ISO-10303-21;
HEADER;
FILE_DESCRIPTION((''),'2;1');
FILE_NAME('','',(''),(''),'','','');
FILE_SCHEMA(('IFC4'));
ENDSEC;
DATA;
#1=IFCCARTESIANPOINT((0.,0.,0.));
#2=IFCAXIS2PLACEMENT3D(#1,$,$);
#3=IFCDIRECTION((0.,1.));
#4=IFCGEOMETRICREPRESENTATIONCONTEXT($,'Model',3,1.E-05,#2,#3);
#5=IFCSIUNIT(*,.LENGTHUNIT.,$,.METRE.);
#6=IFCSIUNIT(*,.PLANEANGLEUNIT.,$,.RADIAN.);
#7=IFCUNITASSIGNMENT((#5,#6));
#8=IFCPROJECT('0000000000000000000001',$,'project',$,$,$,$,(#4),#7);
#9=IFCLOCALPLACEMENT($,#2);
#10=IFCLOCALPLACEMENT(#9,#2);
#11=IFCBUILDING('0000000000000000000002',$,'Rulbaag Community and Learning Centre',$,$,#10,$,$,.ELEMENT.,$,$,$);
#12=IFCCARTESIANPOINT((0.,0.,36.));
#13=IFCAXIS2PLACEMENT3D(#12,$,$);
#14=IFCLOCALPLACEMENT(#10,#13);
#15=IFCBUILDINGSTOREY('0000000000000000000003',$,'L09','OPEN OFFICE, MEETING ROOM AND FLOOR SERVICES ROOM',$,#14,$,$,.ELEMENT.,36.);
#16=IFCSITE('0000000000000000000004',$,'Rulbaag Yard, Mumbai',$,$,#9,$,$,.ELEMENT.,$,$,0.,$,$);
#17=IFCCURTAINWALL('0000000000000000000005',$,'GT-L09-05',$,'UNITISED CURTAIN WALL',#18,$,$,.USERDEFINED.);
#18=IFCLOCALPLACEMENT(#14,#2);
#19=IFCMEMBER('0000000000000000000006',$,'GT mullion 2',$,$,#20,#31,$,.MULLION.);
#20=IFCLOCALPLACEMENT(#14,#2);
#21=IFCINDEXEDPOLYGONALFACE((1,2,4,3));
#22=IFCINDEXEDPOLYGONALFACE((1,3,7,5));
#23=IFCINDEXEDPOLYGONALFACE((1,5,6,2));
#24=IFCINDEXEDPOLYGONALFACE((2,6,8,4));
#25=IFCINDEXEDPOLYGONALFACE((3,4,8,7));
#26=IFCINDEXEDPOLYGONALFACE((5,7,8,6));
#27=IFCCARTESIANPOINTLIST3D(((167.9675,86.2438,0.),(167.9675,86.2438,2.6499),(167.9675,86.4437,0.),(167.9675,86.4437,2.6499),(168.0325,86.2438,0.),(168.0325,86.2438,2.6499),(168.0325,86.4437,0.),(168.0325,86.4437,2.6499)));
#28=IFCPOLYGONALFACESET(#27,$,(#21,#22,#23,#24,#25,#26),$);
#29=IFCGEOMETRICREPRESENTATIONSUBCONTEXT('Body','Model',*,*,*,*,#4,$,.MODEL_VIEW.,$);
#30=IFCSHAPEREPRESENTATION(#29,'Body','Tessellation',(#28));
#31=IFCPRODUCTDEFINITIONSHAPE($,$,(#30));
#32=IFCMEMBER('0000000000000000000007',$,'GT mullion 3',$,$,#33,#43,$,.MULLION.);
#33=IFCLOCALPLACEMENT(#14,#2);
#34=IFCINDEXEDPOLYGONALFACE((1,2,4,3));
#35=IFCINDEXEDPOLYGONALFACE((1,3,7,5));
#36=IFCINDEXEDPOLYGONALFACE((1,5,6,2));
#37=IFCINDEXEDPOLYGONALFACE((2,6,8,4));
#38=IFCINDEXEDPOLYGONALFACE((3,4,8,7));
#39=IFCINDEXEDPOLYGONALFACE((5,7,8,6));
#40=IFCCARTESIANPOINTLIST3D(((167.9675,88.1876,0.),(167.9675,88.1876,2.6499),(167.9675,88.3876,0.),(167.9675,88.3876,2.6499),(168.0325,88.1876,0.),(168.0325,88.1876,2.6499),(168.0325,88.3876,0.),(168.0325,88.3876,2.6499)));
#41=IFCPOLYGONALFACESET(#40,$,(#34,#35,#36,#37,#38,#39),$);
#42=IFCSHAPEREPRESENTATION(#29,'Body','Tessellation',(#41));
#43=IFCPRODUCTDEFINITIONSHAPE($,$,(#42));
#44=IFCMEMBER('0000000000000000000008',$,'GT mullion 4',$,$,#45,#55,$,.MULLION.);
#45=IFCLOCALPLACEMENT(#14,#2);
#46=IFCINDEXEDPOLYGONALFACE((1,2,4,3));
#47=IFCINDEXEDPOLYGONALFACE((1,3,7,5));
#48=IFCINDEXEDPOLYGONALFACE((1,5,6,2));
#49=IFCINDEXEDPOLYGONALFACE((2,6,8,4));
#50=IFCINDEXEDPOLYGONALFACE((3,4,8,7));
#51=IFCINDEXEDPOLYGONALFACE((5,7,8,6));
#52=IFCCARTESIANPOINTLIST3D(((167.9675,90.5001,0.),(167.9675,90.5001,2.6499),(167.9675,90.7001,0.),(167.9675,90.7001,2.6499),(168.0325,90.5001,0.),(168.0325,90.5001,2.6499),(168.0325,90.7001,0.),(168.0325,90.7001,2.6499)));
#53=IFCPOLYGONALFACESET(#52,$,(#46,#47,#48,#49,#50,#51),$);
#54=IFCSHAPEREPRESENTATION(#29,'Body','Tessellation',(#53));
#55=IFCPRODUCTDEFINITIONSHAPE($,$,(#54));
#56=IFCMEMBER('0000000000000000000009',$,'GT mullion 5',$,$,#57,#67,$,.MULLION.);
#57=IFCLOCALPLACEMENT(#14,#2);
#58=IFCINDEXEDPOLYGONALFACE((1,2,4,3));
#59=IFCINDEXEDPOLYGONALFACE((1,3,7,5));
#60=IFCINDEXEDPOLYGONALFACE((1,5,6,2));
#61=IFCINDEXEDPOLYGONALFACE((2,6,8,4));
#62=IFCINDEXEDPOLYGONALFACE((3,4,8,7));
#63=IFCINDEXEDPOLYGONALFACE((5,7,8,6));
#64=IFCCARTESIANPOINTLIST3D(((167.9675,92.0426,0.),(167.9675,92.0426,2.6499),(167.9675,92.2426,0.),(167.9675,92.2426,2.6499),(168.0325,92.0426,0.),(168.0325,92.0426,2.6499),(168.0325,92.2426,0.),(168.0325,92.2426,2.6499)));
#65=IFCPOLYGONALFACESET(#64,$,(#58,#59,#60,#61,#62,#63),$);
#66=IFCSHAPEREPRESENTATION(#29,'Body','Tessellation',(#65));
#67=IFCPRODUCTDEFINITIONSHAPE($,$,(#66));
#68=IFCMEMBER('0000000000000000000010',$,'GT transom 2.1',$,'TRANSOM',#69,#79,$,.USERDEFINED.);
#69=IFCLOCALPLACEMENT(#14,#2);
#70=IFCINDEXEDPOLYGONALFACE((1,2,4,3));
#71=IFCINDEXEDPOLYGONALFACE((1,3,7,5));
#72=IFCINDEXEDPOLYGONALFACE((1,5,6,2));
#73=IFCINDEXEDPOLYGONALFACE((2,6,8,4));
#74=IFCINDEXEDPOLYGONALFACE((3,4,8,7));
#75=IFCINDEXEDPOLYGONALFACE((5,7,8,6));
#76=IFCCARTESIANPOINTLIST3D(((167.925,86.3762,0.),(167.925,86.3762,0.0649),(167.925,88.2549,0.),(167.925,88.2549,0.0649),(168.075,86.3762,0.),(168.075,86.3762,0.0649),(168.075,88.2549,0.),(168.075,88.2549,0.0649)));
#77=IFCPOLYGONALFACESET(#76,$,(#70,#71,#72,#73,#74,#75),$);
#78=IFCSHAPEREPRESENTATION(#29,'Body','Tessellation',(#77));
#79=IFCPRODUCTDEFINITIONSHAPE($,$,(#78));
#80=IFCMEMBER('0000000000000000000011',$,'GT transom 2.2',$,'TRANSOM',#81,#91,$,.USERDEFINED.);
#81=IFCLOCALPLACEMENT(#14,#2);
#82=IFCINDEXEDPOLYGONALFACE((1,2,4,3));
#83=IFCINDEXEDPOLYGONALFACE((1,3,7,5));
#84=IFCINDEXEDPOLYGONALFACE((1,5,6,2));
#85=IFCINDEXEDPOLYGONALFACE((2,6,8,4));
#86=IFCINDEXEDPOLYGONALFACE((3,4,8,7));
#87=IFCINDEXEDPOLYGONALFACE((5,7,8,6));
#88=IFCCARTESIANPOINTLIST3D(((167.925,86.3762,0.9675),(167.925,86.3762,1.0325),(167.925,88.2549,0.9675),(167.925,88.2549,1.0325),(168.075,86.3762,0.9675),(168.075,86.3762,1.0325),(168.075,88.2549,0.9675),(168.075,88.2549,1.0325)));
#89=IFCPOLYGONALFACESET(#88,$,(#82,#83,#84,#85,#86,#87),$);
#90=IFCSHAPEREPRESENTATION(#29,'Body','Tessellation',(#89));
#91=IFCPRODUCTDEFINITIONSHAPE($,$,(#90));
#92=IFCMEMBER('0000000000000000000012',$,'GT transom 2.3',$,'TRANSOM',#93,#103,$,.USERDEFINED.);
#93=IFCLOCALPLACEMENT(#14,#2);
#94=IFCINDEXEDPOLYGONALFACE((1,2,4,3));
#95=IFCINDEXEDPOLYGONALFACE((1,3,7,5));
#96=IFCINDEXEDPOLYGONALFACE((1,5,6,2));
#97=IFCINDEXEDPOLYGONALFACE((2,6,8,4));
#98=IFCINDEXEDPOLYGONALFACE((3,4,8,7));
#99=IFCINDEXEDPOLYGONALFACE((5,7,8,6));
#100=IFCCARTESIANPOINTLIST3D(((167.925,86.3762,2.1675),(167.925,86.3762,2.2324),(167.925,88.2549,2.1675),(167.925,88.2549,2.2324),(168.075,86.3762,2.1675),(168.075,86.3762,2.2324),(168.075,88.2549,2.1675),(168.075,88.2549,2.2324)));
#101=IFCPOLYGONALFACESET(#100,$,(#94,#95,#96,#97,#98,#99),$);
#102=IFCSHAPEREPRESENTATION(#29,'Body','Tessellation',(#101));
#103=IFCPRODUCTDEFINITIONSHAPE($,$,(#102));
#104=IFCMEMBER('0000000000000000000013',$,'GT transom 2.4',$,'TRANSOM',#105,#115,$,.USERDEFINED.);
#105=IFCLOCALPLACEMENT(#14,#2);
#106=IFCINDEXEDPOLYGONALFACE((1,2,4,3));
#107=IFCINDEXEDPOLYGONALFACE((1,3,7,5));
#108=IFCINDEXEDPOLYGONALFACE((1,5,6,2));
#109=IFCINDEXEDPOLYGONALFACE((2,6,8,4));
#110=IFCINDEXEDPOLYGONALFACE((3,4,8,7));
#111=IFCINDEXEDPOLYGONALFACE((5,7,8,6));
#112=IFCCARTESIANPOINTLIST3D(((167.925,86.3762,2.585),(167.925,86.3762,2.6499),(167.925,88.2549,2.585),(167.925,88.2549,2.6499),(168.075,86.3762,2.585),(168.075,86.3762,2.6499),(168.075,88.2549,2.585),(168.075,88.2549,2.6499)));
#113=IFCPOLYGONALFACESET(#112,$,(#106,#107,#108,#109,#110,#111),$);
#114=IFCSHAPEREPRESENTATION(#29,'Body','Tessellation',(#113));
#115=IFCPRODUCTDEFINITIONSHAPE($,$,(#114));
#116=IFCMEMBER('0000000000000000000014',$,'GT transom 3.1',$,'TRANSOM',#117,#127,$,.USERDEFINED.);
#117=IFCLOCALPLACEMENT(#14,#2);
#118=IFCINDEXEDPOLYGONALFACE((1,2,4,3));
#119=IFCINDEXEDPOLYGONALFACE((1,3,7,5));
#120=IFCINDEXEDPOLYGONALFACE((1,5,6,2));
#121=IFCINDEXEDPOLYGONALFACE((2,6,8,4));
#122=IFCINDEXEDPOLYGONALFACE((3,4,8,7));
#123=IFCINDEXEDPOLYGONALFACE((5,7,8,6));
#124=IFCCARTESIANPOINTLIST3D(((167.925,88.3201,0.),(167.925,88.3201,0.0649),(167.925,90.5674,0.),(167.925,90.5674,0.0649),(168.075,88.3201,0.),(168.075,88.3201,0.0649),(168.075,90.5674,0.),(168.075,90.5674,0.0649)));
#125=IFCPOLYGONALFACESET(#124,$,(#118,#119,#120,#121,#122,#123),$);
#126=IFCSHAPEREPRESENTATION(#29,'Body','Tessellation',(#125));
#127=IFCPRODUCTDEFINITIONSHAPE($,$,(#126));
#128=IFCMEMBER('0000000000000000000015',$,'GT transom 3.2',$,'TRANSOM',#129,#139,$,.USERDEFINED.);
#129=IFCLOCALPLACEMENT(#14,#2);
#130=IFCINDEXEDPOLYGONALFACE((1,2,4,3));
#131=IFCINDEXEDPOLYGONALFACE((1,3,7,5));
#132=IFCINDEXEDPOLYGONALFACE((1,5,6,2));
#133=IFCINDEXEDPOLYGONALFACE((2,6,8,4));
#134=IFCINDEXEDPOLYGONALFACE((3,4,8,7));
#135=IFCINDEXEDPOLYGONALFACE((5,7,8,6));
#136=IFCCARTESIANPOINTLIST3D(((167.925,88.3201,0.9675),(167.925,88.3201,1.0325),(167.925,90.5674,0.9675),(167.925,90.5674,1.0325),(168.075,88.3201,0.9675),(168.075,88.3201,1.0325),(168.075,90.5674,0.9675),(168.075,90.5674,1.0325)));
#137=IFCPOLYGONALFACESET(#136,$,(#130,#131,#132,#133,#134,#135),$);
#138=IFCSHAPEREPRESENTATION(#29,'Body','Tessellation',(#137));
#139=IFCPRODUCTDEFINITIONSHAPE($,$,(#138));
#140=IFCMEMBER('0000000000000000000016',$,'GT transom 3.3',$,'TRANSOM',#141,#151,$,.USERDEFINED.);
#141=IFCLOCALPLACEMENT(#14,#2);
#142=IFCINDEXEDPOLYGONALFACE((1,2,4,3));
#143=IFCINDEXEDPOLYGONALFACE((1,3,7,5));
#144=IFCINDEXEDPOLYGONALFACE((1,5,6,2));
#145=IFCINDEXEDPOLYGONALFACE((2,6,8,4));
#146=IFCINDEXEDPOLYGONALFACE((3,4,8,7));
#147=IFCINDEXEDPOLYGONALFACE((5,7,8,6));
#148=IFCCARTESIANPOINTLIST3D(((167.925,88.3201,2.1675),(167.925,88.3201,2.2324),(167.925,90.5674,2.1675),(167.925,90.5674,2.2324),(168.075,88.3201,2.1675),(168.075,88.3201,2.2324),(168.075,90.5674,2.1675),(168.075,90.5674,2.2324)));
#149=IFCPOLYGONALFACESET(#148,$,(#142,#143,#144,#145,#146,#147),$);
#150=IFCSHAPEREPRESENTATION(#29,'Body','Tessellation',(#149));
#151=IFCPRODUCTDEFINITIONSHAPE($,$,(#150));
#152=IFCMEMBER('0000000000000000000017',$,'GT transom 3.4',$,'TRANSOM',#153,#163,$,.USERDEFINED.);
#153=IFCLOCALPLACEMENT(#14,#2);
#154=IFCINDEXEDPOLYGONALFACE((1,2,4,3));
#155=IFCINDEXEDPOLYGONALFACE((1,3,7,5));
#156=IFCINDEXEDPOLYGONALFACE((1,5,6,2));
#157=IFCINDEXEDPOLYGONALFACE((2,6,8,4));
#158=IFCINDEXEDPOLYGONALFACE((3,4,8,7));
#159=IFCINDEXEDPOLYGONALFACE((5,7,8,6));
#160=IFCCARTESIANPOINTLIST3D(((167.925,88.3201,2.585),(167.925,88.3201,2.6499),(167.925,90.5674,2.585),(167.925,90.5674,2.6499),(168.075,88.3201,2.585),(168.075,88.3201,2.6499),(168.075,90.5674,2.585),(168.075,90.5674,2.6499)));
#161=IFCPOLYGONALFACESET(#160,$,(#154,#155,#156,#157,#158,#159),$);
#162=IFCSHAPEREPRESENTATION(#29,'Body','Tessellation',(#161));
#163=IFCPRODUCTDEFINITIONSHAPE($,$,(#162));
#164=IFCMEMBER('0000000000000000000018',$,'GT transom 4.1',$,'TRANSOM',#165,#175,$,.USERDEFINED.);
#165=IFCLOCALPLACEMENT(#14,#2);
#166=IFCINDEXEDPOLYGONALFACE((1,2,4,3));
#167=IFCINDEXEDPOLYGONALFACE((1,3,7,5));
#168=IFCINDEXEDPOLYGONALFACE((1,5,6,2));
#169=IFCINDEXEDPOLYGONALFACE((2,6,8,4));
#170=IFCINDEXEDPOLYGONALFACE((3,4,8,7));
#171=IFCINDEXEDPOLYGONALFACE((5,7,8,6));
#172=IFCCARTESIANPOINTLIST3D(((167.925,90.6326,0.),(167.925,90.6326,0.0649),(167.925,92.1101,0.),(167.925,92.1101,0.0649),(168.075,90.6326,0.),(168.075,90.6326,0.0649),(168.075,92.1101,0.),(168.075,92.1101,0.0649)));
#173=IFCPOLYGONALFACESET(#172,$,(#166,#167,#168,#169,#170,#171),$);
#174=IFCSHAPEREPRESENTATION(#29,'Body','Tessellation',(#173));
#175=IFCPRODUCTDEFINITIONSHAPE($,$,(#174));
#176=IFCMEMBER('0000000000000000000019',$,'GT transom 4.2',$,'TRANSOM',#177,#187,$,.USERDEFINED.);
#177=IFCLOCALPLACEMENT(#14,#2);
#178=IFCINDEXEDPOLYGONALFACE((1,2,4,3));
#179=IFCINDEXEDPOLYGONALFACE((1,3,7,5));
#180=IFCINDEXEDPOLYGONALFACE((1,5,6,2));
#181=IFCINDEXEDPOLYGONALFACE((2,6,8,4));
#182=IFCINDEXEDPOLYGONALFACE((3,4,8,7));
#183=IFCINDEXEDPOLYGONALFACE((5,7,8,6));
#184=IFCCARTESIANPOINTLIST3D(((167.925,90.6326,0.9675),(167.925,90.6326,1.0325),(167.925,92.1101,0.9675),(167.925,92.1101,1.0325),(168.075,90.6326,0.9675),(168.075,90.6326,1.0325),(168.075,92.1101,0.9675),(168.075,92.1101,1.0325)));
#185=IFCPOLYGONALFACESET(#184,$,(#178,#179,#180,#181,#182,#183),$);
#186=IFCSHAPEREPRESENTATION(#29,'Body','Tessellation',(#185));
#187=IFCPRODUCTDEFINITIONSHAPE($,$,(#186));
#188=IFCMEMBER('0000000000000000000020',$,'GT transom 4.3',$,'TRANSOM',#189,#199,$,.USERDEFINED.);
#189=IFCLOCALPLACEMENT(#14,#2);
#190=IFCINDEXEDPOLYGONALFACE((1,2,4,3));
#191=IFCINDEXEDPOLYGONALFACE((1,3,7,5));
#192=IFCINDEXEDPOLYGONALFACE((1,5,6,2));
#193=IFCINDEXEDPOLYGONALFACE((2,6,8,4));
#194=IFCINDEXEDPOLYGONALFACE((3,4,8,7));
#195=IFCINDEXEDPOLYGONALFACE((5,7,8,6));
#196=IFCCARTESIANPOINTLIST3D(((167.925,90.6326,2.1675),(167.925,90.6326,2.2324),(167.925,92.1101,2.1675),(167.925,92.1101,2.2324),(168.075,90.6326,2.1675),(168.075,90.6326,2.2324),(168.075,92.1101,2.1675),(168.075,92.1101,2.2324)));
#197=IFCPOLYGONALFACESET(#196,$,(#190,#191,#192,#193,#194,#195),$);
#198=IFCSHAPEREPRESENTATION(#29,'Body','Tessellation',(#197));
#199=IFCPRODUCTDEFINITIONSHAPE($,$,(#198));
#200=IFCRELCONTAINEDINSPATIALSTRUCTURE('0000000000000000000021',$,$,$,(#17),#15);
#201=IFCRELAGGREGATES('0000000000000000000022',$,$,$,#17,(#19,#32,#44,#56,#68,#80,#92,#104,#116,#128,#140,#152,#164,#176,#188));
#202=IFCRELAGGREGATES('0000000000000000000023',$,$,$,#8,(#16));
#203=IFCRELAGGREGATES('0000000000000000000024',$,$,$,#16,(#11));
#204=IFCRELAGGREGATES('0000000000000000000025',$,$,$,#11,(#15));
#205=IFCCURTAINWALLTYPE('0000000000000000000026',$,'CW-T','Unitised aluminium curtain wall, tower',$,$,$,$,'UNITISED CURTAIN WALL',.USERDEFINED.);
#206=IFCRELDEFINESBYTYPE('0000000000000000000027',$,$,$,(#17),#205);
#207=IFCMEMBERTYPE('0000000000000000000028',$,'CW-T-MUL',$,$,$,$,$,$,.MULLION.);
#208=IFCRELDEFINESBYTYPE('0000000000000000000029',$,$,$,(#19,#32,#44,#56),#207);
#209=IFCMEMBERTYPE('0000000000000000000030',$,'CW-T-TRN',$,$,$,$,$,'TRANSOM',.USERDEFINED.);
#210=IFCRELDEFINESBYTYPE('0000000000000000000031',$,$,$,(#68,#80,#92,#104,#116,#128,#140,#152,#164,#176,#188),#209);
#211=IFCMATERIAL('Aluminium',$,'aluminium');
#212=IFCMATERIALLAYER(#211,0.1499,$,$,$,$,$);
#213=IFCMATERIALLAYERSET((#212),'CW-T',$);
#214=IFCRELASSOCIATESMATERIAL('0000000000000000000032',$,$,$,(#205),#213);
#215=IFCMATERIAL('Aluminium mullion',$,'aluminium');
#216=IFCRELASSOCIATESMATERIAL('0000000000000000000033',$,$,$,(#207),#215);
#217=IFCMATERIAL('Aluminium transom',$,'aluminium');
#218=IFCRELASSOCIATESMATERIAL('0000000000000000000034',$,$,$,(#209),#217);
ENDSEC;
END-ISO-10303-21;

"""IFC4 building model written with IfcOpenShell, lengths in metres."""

from ifc_helpers import new_model, si_unit, direction, frame, origin, origin_2d, place, context, subcontext, project, spatial, rectangle, extrude, material, layer, layer_set, material_profile, profile_set, type_object, element, aggregate, save


model = new_model("IFC4")

# Units and contexts
model_context = context("Model", 3, precision=1e-05, world=origin(), true_north=direction((0.0, 1.0)))
body_context = subcontext(model_context, "Body", "Model", "MODEL_VIEW")
ifc_project = project(units=[si_unit("LENGTHUNIT", "METRE"), si_unit("PLANEANGLEUNIT", "RADIAN")], contexts=[model_context])

# Site, building, storey
site_placement = place(None, origin())
site = spatial("IfcSite", under=ifc_project, at=site_placement, Name="Rulbaag Yard, Mumbai", CompositionType="ELEMENT", RefElevation=0.0)
building_placement = place(site_placement, origin())
building = spatial("IfcBuilding", under=site, at=building_placement, Name="Rulbaag Community and Learning Centre", CompositionType="ELEMENT")
storey_placement = place(building_placement, frame((0.0, 0.0, 36.0)))
storey = spatial("IfcBuildingStorey", under=building, at=storey_placement, Name="L09", Description="OPEN OFFICE, MEETING ROOM AND FLOOR SERVICES ROOM", CompositionType="ELEMENT", Elevation=36.0)

# Curtain wall, members
ifc_material_1 = material(Name="Aluminium", Category="aluminium")
ifc_layer_1 = layer(ifc_material_1, 0.1499)
ifc_layer_set_1 = layer_set([ifc_layer_1], Name="CW-T")
curtain_wall_type = type_object("IfcCurtainWallType", Name="CW-T", Description="Unitised aluminium curtain wall, tower", ElementType="UNITISED CURTAIN WALL", PredefinedType="USERDEFINED", material=ifc_layer_set_1)
curtain_wall_placement = place(storey_placement, origin())
curtain_wall = element("IfcCurtainWall", 1, at=curtain_wall_placement, inside=storey, type_object=curtain_wall_type, Name="GT-L09-05", ObjectType="UNITISED CURTAIN WALL", PredefinedType="USERDEFINED")
ifc_material_2 = material(Name="Aluminium mullion", Category="aluminium")
ifc_material_profile_1 = material_profile(ifc_material_2, rectangle(XDim=0.0649, YDim=0.2, at=origin_2d()), Name="AL 65x200")
ifc_profile_set_1 = profile_set([ifc_material_profile_1], Name="Aluminium mullion")
member_type_1 = type_object("IfcMemberType", Name="CW-T-MUL", PredefinedType="MULLION", material=ifc_profile_set_1)
member_1_placement = place(storey_placement, frame((168.0, 86.3438, 0.0), z_axis=(0.0, 0.0, 1.0), x_axis=(-1.0, 0.0, 0.0)))
member_1 = element("IfcMember", 2, at=member_1_placement, type_object=member_type_1, Name="GT mullion 2", PredefinedType="MULLION", context=body_context, shape_type="SweptSolid", body=[
    extrude(rectangle(XDim=0.0649, YDim=0.2, at=origin_2d()), origin(), (0.0, 0.0, 1.0), 2.6499),
])
member_2_placement = place(storey_placement, frame((168.0, 88.2876, 0.0), z_axis=(0.0, 0.0, 1.0), x_axis=(-1.0, 0.0, 0.0)))
member_2 = element("IfcMember", 3, at=member_2_placement, type_object=member_type_1, Name="GT mullion 3", PredefinedType="MULLION", context=body_context, shape_type="SweptSolid", body=[
    extrude(rectangle(XDim=0.0649, YDim=0.2, at=origin_2d()), origin(), (0.0, 0.0, 1.0), 2.6499),
])
member_3_placement = place(storey_placement, frame((168.0, 90.6001, 0.0), z_axis=(0.0, 0.0, 1.0), x_axis=(-1.0, 0.0, 0.0)))
member_3 = element("IfcMember", 4, at=member_3_placement, type_object=member_type_1, Name="GT mullion 4", PredefinedType="MULLION", context=body_context, shape_type="SweptSolid", body=[
    extrude(rectangle(XDim=0.0649, YDim=0.2, at=origin_2d()), origin(), (0.0, 0.0, 1.0), 2.6499),
])
member_4_placement = place(storey_placement, frame((168.0, 92.1426, 0.0), z_axis=(0.0, 0.0, 1.0), x_axis=(-1.0, 0.0, 0.0)))
member_4 = element("IfcMember", 5, at=member_4_placement, type_object=member_type_1, Name="GT mullion 5", PredefinedType="MULLION", context=body_context, shape_type="SweptSolid", body=[
    extrude(rectangle(XDim=0.0649, YDim=0.2, at=origin_2d()), origin(), (0.0, 0.0, 1.0), 2.6499),
])
ifc_material_3 = material(Name="Aluminium transom", Category="aluminium")
ifc_material_profile_2 = material_profile(ifc_material_3, rectangle(XDim=0.1499, YDim=0.0649, at=origin_2d()), Name="AL 65x150 T")
ifc_profile_set_2 = profile_set([ifc_material_profile_2], Name="Aluminium transom")
member_type_2 = type_object("IfcMemberType", Name="CW-T-TRN", ElementType="TRANSOM", PredefinedType="USERDEFINED", material=ifc_profile_set_2)
member_5_placement = place(storey_placement, frame((168.0, 86.3762, 0.0325), z_axis=(0.0, 1.0, 0.0), x_axis=(-1.0, 0.0, 0.0)))
member_5 = element("IfcMember", 6, at=member_5_placement, type_object=member_type_2, Name="GT transom 2.1", ObjectType="TRANSOM", PredefinedType="USERDEFINED", context=body_context, shape_type="SweptSolid", body=[
    extrude(rectangle(XDim=0.1499, YDim=0.0649, at=origin_2d()), origin(), (0.0, 0.0, 1.0), 1.8787),
])
member_6_placement = place(storey_placement, frame((168.0, 86.3762, 1.0), z_axis=(0.0, 1.0, 0.0), x_axis=(-1.0, 0.0, 0.0)))
member_6 = element("IfcMember", 7, at=member_6_placement, type_object=member_type_2, Name="GT transom 2.2", ObjectType="TRANSOM", PredefinedType="USERDEFINED", context=body_context, shape_type="SweptSolid", body=[
    extrude(rectangle(XDim=0.1499, YDim=0.0649, at=origin_2d()), origin(), (0.0, 0.0, 1.0), 1.8787),
])
member_7_placement = place(storey_placement, frame((168.0, 86.3762, 2.2), z_axis=(0.0, 1.0, 0.0), x_axis=(-1.0, 0.0, 0.0)))
member_7 = element("IfcMember", 8, at=member_7_placement, type_object=member_type_2, Name="GT transom 2.3", ObjectType="TRANSOM", PredefinedType="USERDEFINED", context=body_context, shape_type="SweptSolid", body=[
    extrude(rectangle(XDim=0.1499, YDim=0.0649, at=origin_2d()), origin(), (0.0, 0.0, 1.0), 1.8787),
])
member_8_placement = place(storey_placement, frame((168.0, 86.3762, 2.6174), z_axis=(0.0, 1.0, 0.0), x_axis=(-1.0, 0.0, 0.0)))
member_8 = element("IfcMember", 9, at=member_8_placement, type_object=member_type_2, Name="GT transom 2.4", ObjectType="TRANSOM", PredefinedType="USERDEFINED", context=body_context, shape_type="SweptSolid", body=[
    extrude(rectangle(XDim=0.1499, YDim=0.0649, at=origin_2d()), origin(), (0.0, 0.0, 1.0), 1.8787),
])
member_9_placement = place(storey_placement, frame((168.0, 88.3201, 0.0325), z_axis=(0.0, 1.0, 0.0), x_axis=(-1.0, 0.0, 0.0)))
member_9 = element("IfcMember", 10, at=member_9_placement, type_object=member_type_2, Name="GT transom 3.1", ObjectType="TRANSOM", PredefinedType="USERDEFINED", context=body_context, shape_type="SweptSolid", body=[
    extrude(rectangle(XDim=0.1499, YDim=0.0649, at=origin_2d()), origin(), (0.0, 0.0, 1.0), 2.2473),
])
member_10_placement = place(storey_placement, frame((168.0, 88.3201, 1.0), z_axis=(0.0, 1.0, 0.0), x_axis=(-1.0, 0.0, 0.0)))
member_10 = element("IfcMember", 11, at=member_10_placement, type_object=member_type_2, Name="GT transom 3.2", ObjectType="TRANSOM", PredefinedType="USERDEFINED", context=body_context, shape_type="SweptSolid", body=[
    extrude(rectangle(XDim=0.1499, YDim=0.0649, at=origin_2d()), origin(), (0.0, 0.0, 1.0), 2.2473),
])
member_11_placement = place(storey_placement, frame((168.0, 88.3201, 2.2), z_axis=(0.0, 1.0, 0.0), x_axis=(-1.0, 0.0, 0.0)))
member_11 = element("IfcMember", 12, at=member_11_placement, type_object=member_type_2, Name="GT transom 3.3", ObjectType="TRANSOM", PredefinedType="USERDEFINED", context=body_context, shape_type="SweptSolid", body=[
    extrude(rectangle(XDim=0.1499, YDim=0.0649, at=origin_2d()), origin(), (0.0, 0.0, 1.0), 2.2473),
])
member_12_placement = place(storey_placement, frame((168.0, 88.3201, 2.6174), z_axis=(0.0, 1.0, 0.0), x_axis=(-1.0, 0.0, 0.0)))
member_12 = element("IfcMember", 13, at=member_12_placement, type_object=member_type_2, Name="GT transom 3.4", ObjectType="TRANSOM", PredefinedType="USERDEFINED", context=body_context, shape_type="SweptSolid", body=[
    extrude(rectangle(XDim=0.1499, YDim=0.0649, at=origin_2d()), origin(), (0.0, 0.0, 1.0), 2.2473),
])
member_13_placement = place(storey_placement, frame((168.0, 90.6326, 0.0325), z_axis=(0.0, 1.0, 0.0), x_axis=(-1.0, 0.0, 0.0)))
member_13 = element("IfcMember", 14, at=member_13_placement, type_object=member_type_2, Name="GT transom 4.1", ObjectType="TRANSOM", PredefinedType="USERDEFINED", context=body_context, shape_type="SweptSolid", body=[
    extrude(rectangle(XDim=0.1499, YDim=0.0649, at=origin_2d()), origin(), (0.0, 0.0, 1.0), 1.4775),
])
member_14_placement = place(storey_placement, frame((168.0, 90.6326, 1.0), z_axis=(0.0, 1.0, 0.0), x_axis=(-1.0, 0.0, 0.0)))
member_14 = element("IfcMember", 15, at=member_14_placement, type_object=member_type_2, Name="GT transom 4.2", ObjectType="TRANSOM", PredefinedType="USERDEFINED", context=body_context, shape_type="SweptSolid", body=[
    extrude(rectangle(XDim=0.1499, YDim=0.0649, at=origin_2d()), origin(), (0.0, 0.0, 1.0), 1.4775),
])
member_15_placement = place(storey_placement, frame((168.0, 90.6326, 2.2), z_axis=(0.0, 1.0, 0.0), x_axis=(-1.0, 0.0, 0.0)))
member_15 = element("IfcMember", 16, at=member_15_placement, type_object=member_type_2, Name="GT transom 4.3", ObjectType="TRANSOM", PredefinedType="USERDEFINED", context=body_context, shape_type="SweptSolid", body=[
    extrude(rectangle(XDim=0.1499, YDim=0.0649, at=origin_2d()), origin(), (0.0, 0.0, 1.0), 1.4775),
])
aggregate(curtain_wall, [member_1, member_2, member_3, member_4, member_5, member_6, member_7, member_8, member_9, member_10, member_11, member_12, member_13, member_14, member_15])

save(model, "model.ifc")
